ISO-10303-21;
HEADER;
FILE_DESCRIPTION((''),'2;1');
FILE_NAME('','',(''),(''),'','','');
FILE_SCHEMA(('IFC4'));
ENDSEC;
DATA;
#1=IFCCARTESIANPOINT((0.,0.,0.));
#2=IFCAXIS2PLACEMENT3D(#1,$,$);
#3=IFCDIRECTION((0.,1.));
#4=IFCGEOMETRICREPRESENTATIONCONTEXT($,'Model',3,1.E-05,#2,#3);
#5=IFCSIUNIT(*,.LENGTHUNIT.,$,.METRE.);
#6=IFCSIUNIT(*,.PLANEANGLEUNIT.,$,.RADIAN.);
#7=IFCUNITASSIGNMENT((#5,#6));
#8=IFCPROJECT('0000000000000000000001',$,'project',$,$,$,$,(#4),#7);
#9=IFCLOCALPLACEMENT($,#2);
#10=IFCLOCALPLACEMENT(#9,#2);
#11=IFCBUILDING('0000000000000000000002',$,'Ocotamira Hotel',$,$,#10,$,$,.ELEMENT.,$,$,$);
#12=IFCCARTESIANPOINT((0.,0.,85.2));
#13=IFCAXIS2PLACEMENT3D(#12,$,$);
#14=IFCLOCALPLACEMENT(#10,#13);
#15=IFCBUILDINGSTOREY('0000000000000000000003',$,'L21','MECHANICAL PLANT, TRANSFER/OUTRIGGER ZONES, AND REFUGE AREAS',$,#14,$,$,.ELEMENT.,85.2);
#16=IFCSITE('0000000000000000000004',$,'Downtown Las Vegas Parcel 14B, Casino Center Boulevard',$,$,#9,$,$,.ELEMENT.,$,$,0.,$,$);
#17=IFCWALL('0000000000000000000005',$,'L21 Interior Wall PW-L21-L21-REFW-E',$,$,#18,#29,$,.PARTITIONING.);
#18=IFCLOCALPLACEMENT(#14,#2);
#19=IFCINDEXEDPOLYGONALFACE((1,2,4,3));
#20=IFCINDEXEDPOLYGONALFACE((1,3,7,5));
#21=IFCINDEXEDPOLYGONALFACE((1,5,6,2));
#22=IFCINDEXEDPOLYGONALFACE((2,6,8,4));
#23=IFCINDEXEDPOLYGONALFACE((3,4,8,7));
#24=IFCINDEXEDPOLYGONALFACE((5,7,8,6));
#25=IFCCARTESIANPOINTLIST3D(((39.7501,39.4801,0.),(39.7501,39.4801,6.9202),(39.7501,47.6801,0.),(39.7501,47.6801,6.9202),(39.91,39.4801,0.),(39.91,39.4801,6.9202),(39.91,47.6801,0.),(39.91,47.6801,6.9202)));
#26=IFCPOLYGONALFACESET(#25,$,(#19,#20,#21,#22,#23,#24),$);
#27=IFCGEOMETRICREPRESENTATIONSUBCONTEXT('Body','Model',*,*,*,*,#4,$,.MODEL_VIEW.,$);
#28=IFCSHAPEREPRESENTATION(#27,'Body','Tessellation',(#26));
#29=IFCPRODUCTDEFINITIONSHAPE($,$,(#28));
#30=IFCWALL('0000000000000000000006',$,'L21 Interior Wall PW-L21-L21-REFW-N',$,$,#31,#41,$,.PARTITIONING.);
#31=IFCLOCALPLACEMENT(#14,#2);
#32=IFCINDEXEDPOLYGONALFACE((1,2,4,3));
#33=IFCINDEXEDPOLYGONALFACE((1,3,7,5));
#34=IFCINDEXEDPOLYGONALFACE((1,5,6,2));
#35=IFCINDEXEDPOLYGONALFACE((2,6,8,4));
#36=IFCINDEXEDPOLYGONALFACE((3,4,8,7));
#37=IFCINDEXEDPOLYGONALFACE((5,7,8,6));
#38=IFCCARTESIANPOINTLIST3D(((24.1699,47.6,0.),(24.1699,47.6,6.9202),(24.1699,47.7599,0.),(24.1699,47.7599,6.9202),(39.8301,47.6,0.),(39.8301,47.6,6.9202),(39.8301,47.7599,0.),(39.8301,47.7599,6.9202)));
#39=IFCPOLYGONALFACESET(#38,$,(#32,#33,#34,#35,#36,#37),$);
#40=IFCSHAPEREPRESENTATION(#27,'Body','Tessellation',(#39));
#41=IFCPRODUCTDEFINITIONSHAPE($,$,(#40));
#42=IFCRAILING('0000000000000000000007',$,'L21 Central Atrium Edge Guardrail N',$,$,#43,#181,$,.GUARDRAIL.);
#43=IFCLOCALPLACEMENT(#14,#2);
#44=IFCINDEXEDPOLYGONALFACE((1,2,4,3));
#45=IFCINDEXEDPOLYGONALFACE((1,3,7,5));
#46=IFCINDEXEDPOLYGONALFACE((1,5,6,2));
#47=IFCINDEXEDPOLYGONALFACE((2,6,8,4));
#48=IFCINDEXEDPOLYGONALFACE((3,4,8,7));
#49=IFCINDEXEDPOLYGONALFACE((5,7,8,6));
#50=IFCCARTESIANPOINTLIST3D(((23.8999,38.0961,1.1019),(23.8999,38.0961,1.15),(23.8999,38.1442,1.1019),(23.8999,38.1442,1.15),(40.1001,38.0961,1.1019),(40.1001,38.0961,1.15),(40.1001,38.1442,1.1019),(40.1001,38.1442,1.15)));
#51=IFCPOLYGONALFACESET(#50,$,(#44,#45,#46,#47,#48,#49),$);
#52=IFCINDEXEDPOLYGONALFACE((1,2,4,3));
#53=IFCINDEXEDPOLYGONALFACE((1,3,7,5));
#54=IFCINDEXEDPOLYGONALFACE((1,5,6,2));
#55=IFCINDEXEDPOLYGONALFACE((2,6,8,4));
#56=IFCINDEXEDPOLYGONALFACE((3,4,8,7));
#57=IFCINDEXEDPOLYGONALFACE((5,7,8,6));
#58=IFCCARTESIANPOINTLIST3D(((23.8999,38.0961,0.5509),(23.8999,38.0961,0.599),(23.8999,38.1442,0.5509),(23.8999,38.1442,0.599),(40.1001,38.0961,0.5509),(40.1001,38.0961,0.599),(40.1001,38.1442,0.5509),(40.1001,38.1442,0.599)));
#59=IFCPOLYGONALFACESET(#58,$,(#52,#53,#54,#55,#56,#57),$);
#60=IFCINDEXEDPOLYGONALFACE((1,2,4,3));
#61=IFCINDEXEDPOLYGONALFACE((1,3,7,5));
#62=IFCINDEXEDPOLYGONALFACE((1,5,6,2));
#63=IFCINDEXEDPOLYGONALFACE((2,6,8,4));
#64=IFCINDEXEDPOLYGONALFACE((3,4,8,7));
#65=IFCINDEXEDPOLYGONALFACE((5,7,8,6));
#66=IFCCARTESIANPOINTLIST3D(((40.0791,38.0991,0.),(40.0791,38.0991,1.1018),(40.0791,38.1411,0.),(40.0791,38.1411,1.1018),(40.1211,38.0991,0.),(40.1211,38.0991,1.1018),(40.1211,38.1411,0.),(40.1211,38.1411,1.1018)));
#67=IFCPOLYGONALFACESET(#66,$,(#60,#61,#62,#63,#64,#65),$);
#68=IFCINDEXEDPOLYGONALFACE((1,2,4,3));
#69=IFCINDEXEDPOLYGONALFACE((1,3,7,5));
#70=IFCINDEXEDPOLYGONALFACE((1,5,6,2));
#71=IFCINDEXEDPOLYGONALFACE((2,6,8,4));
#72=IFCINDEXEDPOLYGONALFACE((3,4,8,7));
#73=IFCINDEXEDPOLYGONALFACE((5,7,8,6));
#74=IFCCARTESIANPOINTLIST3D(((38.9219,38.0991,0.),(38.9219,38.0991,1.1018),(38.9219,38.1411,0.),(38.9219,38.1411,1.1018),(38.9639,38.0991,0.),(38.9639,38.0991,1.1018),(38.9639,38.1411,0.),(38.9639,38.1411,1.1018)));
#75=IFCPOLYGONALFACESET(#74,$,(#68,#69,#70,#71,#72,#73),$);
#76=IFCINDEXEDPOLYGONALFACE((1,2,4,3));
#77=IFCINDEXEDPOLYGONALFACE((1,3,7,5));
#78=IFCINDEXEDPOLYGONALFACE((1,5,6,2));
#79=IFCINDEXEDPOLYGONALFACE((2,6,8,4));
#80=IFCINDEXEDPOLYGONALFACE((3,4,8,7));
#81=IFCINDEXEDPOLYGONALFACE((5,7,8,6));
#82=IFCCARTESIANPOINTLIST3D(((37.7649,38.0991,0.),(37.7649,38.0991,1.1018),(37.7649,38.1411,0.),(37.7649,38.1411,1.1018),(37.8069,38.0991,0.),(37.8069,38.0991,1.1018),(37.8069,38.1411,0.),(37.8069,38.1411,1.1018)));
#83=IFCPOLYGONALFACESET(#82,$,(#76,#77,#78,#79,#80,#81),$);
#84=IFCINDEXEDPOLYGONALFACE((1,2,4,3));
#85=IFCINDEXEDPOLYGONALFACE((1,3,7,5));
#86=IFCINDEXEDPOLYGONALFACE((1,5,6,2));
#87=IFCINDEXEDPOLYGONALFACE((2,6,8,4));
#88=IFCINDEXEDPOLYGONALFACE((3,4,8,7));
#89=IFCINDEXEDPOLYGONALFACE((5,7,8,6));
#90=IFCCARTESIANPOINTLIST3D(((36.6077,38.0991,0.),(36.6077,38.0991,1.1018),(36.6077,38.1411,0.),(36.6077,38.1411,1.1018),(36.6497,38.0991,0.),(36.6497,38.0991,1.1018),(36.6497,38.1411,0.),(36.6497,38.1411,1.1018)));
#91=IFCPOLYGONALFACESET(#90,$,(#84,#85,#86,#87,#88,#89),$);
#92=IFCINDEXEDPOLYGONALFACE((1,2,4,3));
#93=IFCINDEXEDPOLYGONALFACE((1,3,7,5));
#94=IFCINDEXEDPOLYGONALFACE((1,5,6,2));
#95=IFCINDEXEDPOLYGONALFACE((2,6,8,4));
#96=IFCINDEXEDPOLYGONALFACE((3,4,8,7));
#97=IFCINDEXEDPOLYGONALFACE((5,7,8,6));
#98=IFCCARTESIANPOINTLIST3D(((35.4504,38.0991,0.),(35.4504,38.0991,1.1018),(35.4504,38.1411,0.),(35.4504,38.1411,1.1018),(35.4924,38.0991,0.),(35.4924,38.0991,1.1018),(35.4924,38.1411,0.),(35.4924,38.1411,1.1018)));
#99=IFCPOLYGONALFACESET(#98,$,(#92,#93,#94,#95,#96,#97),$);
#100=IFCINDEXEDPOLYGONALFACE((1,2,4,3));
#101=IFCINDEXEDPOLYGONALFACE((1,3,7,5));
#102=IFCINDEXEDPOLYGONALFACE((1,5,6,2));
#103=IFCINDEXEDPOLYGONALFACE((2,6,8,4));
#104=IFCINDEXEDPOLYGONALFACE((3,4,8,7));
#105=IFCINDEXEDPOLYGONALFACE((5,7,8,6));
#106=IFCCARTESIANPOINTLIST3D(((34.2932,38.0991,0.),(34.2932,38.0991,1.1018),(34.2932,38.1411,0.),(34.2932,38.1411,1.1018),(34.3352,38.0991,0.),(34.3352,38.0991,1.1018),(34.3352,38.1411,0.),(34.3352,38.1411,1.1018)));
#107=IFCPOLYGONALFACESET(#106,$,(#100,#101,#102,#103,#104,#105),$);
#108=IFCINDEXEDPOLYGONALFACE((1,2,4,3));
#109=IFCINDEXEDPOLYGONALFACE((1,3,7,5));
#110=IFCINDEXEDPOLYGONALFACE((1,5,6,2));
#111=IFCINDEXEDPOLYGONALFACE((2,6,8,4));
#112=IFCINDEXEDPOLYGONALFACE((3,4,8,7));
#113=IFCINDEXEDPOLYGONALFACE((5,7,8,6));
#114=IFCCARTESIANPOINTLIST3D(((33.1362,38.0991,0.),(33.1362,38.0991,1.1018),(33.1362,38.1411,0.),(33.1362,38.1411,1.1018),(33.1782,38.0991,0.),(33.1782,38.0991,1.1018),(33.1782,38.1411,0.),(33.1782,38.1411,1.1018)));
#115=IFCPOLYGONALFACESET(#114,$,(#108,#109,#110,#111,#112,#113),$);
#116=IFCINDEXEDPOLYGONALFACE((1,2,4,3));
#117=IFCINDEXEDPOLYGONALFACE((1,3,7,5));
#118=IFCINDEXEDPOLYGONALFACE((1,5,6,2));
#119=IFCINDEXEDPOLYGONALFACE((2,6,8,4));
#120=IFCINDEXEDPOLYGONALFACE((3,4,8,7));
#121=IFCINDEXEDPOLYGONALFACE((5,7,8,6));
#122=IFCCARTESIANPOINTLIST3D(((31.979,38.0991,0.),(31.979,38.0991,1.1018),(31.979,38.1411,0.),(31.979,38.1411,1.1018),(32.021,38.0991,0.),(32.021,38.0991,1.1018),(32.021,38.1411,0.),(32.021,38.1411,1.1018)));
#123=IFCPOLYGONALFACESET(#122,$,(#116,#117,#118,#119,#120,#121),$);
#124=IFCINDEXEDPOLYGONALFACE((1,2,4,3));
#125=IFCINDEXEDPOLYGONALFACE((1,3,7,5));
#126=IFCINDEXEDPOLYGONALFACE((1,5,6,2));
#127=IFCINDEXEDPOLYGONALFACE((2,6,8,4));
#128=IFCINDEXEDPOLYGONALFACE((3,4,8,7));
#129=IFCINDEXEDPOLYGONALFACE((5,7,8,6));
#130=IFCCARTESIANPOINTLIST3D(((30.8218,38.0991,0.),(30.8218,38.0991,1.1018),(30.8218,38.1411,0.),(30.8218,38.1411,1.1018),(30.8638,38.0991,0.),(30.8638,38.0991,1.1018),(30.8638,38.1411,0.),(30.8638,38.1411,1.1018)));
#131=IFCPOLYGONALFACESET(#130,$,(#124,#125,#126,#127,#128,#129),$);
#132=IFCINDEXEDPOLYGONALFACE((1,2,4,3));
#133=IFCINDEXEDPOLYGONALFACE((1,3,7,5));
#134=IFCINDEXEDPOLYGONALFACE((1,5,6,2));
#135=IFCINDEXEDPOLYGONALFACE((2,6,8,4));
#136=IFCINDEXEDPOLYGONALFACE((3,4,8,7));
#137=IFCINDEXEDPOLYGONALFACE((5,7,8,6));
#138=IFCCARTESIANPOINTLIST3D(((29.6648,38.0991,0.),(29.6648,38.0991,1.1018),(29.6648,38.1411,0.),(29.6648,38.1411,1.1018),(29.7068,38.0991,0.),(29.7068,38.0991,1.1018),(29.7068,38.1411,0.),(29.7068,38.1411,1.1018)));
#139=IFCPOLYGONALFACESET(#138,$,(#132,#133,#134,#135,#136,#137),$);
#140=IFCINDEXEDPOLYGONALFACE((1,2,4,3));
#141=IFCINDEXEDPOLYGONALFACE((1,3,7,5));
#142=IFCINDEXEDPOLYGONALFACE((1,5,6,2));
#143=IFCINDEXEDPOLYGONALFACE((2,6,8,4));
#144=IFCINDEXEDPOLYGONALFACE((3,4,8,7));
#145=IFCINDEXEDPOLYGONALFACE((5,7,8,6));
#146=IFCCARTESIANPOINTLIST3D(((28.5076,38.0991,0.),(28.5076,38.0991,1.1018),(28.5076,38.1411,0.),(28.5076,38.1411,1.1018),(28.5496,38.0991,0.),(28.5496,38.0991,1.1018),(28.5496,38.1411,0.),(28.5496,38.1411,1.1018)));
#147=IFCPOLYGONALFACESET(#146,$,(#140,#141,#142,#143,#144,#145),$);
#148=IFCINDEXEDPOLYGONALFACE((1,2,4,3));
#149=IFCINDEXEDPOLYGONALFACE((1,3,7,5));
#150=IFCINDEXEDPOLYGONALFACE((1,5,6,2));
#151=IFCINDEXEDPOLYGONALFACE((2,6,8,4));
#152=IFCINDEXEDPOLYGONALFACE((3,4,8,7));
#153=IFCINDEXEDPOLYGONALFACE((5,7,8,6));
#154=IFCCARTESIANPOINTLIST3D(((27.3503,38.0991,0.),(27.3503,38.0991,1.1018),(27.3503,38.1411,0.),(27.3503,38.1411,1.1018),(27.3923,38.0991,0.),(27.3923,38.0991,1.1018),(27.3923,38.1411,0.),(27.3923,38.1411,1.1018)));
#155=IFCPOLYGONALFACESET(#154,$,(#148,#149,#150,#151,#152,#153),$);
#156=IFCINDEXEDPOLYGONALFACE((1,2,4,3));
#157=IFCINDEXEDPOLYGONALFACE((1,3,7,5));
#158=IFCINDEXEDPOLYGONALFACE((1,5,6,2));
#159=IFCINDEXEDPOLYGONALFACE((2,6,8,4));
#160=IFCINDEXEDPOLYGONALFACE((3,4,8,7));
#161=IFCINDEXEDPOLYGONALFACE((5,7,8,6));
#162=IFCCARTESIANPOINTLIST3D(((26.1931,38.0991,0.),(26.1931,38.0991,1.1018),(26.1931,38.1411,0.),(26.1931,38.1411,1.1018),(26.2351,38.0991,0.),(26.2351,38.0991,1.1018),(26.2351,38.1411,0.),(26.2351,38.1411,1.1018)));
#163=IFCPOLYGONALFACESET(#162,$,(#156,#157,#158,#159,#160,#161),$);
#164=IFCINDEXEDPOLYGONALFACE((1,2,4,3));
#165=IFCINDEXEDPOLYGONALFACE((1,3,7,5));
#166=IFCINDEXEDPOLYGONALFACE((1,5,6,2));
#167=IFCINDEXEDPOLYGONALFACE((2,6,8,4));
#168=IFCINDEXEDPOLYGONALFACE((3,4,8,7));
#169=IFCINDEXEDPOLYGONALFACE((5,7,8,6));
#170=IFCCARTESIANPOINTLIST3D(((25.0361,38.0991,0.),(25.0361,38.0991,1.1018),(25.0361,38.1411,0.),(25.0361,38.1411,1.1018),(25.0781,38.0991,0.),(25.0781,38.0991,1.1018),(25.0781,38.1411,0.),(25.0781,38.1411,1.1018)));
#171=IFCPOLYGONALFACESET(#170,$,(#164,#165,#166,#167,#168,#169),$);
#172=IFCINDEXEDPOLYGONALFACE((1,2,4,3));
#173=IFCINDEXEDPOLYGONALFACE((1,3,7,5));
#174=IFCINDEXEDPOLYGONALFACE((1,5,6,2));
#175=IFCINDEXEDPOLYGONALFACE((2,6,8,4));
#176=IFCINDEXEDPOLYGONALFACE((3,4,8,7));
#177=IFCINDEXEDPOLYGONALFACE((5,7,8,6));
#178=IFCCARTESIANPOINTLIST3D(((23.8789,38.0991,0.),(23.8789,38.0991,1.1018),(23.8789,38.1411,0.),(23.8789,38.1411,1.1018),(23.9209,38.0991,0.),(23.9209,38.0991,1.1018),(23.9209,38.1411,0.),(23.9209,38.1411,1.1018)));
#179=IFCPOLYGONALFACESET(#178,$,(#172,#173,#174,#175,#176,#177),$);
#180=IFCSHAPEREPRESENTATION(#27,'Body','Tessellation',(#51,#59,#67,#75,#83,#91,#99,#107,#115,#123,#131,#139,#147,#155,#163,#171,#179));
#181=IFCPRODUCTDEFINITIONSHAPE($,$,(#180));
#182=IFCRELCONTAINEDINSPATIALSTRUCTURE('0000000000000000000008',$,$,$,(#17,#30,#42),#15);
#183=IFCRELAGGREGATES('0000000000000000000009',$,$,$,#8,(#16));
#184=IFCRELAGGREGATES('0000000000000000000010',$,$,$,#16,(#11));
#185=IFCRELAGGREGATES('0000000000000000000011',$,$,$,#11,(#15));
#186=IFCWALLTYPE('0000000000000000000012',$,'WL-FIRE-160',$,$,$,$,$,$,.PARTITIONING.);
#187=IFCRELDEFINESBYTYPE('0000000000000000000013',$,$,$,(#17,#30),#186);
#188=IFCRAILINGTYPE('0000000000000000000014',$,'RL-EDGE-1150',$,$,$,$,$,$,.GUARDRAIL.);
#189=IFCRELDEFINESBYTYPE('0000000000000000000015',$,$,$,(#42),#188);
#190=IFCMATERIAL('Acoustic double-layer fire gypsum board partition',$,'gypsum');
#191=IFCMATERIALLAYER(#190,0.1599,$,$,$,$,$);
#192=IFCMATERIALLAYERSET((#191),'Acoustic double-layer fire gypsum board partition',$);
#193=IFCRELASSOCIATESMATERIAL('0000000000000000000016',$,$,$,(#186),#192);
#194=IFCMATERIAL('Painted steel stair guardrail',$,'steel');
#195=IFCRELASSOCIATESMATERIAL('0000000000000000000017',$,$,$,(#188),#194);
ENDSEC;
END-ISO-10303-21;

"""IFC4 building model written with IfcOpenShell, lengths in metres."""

from ifc_helpers import new_model, si_unit, direction, frame, frame_2d, origin, origin_2d, place, context, subcontext, project, spatial, rectangle, extrude, material, layer, layer_set, type_object, element, save


model = new_model("IFC4")

# Units and contexts
model_context = context("Model", 3, precision=1e-05, world=origin(), true_north=direction((0.0, 1.0)))
body_context = subcontext(model_context, "Body", "Model", "MODEL_VIEW")
ifc_project = project(units=[si_unit("LENGTHUNIT", "METRE"), si_unit("PLANEANGLEUNIT", "RADIAN")], contexts=[model_context])

# Site, building, storey
site_placement = place(None, origin())
site = spatial("IfcSite", under=ifc_project, at=site_placement, Name="Downtown Las Vegas Parcel 14B, Casino Center Boulevard", CompositionType="ELEMENT", RefElevation=0.0)
building_placement = place(site_placement, origin())
building = spatial("IfcBuilding", under=site, at=building_placement, Name="Ocotamira Hotel", CompositionType="ELEMENT")
storey_placement = place(building_placement, frame((0.0, 0.0, 85.2)))
storey = spatial("IfcBuildingStorey", under=building, at=storey_placement, Name="L21", Description="MECHANICAL PLANT, TRANSFER/OUTRIGGER ZONES, AND REFUGE AREAS", CompositionType="ELEMENT", Elevation=85.2)

# Shared definitions
ifc_material_1 = material(Name="Acoustic double-layer fire gypsum board partition", Category="gypsum")
ifc_layer_1 = layer(ifc_material_1, 0.1599)
ifc_layer_set_1 = layer_set([ifc_layer_1], Name="Acoustic double-layer fire gypsum board partition")
wall_type = type_object("IfcWallType", Name="WL-FIRE-160", PredefinedType="PARTITIONING", material=ifc_layer_set_1)

# Walls
for number, where, z_axis, x_axis, name in (
    (1, (39.8301, 39.48, 0.0), (0.0, 0.0, 1.0), (0.0, 1.0, 0.0), "L21 Interior Wall PW-L21-L21-REFW-E"),
):
    element("IfcWall", number, at=place(storey_placement, frame(where, z_axis=z_axis, x_axis=x_axis)), inside=storey, type_object=wall_type, Name=name, PredefinedType="PARTITIONING", context=body_context, shape_type="SweptSolid", body=[
        extrude(rectangle(XDim=8.2, YDim=0.1599, at=frame_2d((4.1001, 0.0))), origin(), (0.0, 0.0, 1.0), 6.9202),
    ])
wall_1_placement = place(storey_placement, frame((24.1699, 47.6799, 0.0), z_axis=(0.0, 0.0, 1.0), x_axis=(1.0, 0.0, 0.0)))
element("IfcWall", 2, at=wall_1_placement, inside=storey, type_object=wall_type, Name="L21 Interior Wall PW-L21-L21-REFW-N", PredefinedType="PARTITIONING", context=body_context, shape_type="SweptSolid", body=[
    extrude(rectangle(XDim=15.6602, YDim=0.1599, at=frame_2d((7.8301, 0.0))), origin(), (0.0, 0.0, 1.0), 6.9202),
])

# Railing
ifc_material_2 = material(Name="Painted steel stair guardrail", Category="steel")
railing_type = type_object("IfcRailingType", Name="RL-EDGE-1150", PredefinedType="GUARDRAIL", material=ifc_material_2)
railing_1_placement = place(storey_placement, frame((40.1001, 38.1201, 0.0)))
element("IfcRailing", 3, at=railing_1_placement, inside=storey, type_object=railing_type, Name="L21 Central Atrium Edge Guardrail N", PredefinedType="GUARDRAIL", context=body_context, shape_type="SweptSolid", body=[
    extrude(rectangle(XDim=0.0481, YDim=0.0481, at=origin_2d()), frame((0.0, 0.0, 1.126), z_axis=(-1.0, 0.0, 0.0), x_axis=(0.0, -1.0, 0.0)), (0.0, 0.0, 1.0), 16.2002),
    extrude(rectangle(XDim=0.0481, YDim=0.0481, at=origin_2d()), frame((0.0, 0.0, 0.575), z_axis=(-1.0, 0.0, 0.0), x_axis=(0.0, -1.0, 0.0)), (0.0, 0.0, 1.0), 16.2002),
    extrude(rectangle(XDim=0.042, YDim=0.042, at=origin_2d()), origin(), (0.0, 0.0, 1.0), 1.1018),
    extrude(rectangle(XDim=0.042, YDim=0.042, at=origin_2d()), frame((-1.1572, 0.0, 0.0)), (0.0, 0.0, 1.0), 1.1018),
    extrude(rectangle(XDim=0.042, YDim=0.042, at=origin_2d()), frame((-2.3142, 0.0, 0.0)), (0.0, 0.0, 1.0), 1.1018),
    extrude(rectangle(XDim=0.042, YDim=0.042, at=origin_2d()), frame((-3.4714, 0.0, 0.0)), (0.0, 0.0, 1.0), 1.1018),
    extrude(rectangle(XDim=0.042, YDim=0.042, at=origin_2d()), frame((-4.6287, 0.0, 0.0)), (0.0, 0.0, 1.0), 1.1018),
    extrude(rectangle(XDim=0.042, YDim=0.042, at=origin_2d()), frame((-5.7859, 0.0, 0.0)), (0.0, 0.0, 1.0), 1.1018),
    extrude(rectangle(XDim=0.042, YDim=0.042, at=origin_2d()), frame((-6.9429, 0.0, 0.0)), (0.0, 0.0, 1.0), 1.1018),
    extrude(rectangle(XDim=0.042, YDim=0.042, at=origin_2d()), frame((-8.1001, 0.0, 0.0)), (0.0, 0.0, 1.0), 1.1018),
    extrude(rectangle(XDim=0.042, YDim=0.042, at=origin_2d()), frame((-9.2573, 0.0, 0.0)), (0.0, 0.0, 1.0), 1.1018),
    extrude(rectangle(XDim=0.042, YDim=0.042, at=origin_2d()), frame((-10.4143, 0.0, 0.0)), (0.0, 0.0, 1.0), 1.1018),
    extrude(rectangle(XDim=0.042, YDim=0.042, at=origin_2d()), frame((-11.5715, 0.0, 0.0)), (0.0, 0.0, 1.0), 1.1018),
    extrude(rectangle(XDim=0.042, YDim=0.042, at=origin_2d()), frame((-12.7288, 0.0, 0.0)), (0.0, 0.0, 1.0), 1.1018),
    extrude(rectangle(XDim=0.042, YDim=0.042, at=origin_2d()), frame((-13.886, 0.0, 0.0)), (0.0, 0.0, 1.0), 1.1018),
    extrude(rectangle(XDim=0.042, YDim=0.042, at=origin_2d()), frame((-15.043, 0.0, 0.0)), (0.0, 0.0, 1.0), 1.1018),
    extrude(rectangle(XDim=0.042, YDim=0.042, at=origin_2d()), frame((-16.2002, 0.0, 0.0)), (0.0, 0.0, 1.0), 1.1018),
])

save(model, "model.ifc")
